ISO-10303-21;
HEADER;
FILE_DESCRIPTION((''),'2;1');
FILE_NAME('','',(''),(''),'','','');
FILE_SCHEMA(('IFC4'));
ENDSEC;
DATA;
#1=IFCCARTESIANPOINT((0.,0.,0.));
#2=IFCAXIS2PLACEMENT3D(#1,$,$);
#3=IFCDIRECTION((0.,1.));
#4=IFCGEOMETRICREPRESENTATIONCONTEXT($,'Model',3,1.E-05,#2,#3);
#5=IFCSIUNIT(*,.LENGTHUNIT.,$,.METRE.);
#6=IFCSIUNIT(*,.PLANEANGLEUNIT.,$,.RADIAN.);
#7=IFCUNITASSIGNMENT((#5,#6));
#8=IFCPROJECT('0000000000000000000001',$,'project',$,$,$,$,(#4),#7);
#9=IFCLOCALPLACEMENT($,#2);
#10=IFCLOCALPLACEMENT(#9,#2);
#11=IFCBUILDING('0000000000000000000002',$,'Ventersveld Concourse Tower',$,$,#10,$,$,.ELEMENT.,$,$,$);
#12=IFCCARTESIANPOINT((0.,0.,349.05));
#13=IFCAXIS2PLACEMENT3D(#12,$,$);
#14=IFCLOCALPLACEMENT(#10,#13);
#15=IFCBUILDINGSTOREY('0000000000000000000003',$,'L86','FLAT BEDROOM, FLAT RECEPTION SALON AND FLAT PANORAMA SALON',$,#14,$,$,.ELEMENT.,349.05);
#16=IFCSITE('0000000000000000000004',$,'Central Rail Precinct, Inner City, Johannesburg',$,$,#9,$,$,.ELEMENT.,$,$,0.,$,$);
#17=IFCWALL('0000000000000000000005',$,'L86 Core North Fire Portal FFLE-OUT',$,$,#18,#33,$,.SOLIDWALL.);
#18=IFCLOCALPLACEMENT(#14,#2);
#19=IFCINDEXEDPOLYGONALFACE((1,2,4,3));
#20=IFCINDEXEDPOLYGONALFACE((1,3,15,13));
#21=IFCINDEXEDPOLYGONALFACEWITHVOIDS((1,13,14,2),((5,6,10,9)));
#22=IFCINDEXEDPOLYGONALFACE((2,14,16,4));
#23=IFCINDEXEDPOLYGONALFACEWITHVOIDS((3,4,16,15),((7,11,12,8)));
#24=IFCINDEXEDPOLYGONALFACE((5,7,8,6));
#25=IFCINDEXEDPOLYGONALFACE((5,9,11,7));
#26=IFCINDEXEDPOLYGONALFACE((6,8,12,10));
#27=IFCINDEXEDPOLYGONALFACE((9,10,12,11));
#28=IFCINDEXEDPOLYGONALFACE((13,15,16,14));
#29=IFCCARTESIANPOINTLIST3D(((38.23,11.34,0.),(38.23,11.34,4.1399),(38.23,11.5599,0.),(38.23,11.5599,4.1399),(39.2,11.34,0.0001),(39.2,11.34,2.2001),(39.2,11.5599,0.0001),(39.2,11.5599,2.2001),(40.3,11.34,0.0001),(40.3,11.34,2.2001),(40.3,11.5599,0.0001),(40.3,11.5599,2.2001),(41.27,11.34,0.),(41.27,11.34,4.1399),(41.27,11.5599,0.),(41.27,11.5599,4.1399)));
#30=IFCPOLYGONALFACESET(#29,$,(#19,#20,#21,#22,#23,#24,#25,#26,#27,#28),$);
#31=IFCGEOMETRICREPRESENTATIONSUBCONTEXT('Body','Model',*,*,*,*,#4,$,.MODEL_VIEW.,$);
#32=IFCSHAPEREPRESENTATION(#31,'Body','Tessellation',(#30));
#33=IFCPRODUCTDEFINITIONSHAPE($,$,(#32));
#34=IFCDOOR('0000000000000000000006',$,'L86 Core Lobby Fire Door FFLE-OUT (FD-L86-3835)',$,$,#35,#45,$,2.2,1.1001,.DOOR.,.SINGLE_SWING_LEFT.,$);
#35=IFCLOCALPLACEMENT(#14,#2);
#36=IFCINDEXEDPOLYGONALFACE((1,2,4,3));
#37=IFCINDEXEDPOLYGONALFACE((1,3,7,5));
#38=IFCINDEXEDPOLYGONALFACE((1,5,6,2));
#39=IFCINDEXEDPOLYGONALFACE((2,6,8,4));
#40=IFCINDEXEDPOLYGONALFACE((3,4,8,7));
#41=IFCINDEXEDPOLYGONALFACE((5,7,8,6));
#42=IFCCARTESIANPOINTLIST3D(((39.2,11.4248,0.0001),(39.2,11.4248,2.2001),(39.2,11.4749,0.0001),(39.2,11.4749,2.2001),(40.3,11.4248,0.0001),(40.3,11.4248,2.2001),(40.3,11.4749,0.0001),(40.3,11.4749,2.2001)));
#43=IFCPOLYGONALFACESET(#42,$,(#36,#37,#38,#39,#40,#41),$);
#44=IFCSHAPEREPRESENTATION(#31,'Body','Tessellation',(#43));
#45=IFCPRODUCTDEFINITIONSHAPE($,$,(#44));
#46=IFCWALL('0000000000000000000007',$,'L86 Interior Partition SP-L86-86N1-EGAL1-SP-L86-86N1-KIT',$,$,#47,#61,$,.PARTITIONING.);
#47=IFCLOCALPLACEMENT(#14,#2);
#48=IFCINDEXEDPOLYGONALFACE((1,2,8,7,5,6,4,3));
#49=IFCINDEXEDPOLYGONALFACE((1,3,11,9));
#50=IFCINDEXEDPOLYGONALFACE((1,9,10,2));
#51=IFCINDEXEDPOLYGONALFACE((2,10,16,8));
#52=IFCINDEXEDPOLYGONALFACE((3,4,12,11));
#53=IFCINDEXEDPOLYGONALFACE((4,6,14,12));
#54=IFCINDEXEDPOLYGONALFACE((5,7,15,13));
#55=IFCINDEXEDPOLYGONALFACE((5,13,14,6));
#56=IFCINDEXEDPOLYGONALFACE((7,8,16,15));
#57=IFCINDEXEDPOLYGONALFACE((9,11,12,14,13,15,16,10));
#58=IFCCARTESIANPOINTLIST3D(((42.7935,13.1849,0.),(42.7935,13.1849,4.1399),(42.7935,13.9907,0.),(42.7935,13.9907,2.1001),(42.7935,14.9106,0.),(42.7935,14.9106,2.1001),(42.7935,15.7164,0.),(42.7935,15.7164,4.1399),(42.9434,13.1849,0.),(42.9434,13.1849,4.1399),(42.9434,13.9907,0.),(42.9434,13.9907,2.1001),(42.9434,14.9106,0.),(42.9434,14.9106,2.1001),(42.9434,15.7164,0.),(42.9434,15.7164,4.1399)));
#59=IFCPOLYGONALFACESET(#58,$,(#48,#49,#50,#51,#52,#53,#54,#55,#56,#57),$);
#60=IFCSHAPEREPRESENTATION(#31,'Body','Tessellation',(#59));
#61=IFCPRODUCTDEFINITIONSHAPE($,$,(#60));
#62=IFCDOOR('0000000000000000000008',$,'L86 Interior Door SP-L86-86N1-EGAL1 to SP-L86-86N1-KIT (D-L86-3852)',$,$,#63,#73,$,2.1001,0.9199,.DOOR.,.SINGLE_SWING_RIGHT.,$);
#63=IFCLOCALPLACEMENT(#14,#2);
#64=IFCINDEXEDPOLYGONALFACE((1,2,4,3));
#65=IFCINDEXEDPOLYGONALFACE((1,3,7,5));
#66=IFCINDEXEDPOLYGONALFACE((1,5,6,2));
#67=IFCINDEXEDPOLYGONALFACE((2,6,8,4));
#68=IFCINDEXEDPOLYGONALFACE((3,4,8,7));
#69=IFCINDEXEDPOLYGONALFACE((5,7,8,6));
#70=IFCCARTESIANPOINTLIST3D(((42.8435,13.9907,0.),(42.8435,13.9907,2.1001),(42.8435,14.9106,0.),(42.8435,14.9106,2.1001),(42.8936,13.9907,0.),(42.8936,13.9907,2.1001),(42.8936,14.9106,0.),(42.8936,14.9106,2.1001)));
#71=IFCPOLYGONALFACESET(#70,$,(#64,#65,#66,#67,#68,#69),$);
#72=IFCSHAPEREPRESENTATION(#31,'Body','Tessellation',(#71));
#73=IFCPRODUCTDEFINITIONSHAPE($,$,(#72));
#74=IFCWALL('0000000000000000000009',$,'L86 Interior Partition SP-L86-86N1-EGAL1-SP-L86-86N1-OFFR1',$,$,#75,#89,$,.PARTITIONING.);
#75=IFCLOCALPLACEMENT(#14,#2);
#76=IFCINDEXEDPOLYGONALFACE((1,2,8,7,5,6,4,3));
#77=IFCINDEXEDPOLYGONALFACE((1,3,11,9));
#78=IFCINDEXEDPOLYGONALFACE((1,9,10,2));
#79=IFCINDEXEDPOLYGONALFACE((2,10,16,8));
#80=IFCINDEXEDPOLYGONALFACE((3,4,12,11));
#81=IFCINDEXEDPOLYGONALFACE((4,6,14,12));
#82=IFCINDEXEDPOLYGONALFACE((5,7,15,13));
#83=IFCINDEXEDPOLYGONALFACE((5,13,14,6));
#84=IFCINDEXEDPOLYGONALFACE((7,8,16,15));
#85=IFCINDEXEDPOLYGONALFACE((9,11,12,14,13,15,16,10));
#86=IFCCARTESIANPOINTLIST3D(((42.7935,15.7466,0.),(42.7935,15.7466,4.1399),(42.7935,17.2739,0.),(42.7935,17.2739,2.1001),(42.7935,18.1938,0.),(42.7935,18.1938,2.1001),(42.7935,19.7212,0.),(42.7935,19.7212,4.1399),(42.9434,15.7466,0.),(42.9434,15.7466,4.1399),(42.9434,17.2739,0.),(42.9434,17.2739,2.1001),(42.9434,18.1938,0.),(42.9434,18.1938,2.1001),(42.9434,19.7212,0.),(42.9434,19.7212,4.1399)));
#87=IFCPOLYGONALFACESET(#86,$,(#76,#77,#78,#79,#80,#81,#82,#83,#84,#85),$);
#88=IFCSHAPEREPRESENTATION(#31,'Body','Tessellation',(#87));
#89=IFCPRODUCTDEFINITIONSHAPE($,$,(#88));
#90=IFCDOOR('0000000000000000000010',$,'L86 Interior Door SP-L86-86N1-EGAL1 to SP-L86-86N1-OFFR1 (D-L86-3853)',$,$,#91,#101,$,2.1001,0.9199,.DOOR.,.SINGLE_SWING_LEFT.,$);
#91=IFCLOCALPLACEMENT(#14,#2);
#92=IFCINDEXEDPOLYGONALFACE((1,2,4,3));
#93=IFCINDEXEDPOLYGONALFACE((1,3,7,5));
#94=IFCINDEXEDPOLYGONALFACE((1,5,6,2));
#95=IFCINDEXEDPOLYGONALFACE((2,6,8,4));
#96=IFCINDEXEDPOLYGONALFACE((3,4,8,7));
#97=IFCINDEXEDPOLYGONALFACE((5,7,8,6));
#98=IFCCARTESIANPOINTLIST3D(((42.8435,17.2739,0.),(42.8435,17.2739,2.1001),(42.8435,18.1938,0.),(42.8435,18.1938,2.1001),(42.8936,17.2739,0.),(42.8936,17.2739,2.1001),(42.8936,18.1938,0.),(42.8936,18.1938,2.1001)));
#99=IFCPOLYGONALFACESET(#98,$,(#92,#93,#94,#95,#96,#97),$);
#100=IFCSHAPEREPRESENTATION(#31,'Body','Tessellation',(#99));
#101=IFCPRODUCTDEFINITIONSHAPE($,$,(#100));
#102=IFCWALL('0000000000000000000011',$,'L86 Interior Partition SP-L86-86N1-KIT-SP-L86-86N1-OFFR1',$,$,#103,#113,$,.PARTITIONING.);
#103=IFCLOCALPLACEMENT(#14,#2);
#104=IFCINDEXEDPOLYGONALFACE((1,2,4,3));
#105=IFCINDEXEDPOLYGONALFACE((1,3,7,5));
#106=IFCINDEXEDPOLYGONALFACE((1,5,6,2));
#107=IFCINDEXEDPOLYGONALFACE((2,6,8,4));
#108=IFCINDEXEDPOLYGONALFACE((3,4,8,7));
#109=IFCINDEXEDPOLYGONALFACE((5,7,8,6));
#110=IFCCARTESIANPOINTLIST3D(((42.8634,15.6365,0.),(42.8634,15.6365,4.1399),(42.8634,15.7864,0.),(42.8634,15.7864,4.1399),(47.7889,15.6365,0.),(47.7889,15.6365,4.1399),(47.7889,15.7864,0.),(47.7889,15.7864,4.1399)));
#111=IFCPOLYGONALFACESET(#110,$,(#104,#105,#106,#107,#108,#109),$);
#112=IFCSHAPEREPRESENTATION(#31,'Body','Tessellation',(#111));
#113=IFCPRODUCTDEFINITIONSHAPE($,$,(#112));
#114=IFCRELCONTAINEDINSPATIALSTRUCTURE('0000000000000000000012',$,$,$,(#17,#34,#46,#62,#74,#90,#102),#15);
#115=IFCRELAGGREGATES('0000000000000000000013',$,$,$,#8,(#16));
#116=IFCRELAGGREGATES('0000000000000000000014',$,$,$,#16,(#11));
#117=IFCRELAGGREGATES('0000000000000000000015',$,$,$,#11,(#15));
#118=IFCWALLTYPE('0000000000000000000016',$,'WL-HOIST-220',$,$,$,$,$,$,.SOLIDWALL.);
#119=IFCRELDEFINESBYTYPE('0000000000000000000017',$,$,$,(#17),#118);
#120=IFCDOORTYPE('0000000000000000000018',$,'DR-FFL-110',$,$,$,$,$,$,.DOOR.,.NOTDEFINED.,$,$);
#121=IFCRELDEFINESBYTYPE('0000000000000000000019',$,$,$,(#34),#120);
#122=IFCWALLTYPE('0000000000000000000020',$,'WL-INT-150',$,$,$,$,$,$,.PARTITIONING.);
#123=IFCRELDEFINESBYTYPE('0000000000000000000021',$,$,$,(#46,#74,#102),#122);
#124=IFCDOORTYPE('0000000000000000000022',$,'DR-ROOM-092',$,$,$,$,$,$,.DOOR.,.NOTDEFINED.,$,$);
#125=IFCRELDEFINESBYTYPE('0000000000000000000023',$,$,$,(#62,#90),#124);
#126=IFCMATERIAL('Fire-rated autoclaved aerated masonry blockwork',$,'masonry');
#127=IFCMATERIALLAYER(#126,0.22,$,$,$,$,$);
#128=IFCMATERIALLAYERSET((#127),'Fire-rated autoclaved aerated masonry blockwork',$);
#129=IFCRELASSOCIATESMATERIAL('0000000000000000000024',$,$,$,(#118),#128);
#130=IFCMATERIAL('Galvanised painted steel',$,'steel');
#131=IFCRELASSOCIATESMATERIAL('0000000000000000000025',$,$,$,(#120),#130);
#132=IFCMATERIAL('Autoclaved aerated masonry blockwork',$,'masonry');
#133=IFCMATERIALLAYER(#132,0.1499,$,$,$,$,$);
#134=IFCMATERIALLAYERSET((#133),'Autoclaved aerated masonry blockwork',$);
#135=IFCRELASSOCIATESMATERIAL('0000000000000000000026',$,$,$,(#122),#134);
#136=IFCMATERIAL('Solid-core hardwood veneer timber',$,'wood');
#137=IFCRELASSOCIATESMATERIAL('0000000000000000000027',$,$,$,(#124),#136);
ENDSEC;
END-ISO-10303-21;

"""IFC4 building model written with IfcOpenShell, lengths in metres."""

from ifc_helpers import new_model, si_unit, direction, frame, frame_2d, origin, place, context, subcontext, project, spatial, rectangle, extrude, material, layer, layer_set, type_object, element, fill, save


model = new_model("IFC4")

# Units and contexts
model_context = context("Model", 3, precision=1e-05, world=origin(), true_north=direction((0.0, 1.0)))
body_context = subcontext(model_context, "Body", "Model", "MODEL_VIEW")
ifc_project = project(units=[si_unit("LENGTHUNIT", "METRE"), si_unit("PLANEANGLEUNIT", "RADIAN")], contexts=[model_context])

# Site, building, storey
site_placement = place(None, origin())
site = spatial("IfcSite", under=ifc_project, at=site_placement, Name="Central Rail Precinct, Inner City, Johannesburg", CompositionType="ELEMENT", RefElevation=0.0)
building_placement = place(site_placement, origin())
building = spatial("IfcBuilding", under=site, at=building_placement, Name="Ventersveld Concourse Tower", CompositionType="ELEMENT")
storey_placement = place(building_placement, frame((0.0, 0.0, 349.05)))
storey = spatial("IfcBuildingStorey", under=building, at=storey_placement, Name="L86", Description="FLAT BEDROOM, FLAT RECEPTION SALON AND FLAT PANORAMA SALON", CompositionType="ELEMENT", Elevation=349.05)

# Shared definitions
ifc_material_1 = material(Name="Fire-rated autoclaved aerated masonry blockwork", Category="masonry")
ifc_material_2 = material(Name="Solid-core hardwood veneer timber", Category="wood")

# Walls, openings, doors
ifc_layer_1 = layer(ifc_material_1, 0.22)
ifc_layer_set_1 = layer_set([ifc_layer_1], Name="Fire-rated autoclaved aerated masonry blockwork")
wall_type_1 = type_object("IfcWallType", Name="WL-HOIST-220", PredefinedType="SOLIDWALL", material=ifc_layer_set_1)
ifc_material_3 = material(Name="Galvanised painted steel", Category="steel")
wall_1_placement = place(storey_placement, frame((38.23, 11.45, 0.0), z_axis=(0.0, 0.0, 1.0), x_axis=(1.0, 0.0, 0.0)))
wall_1 = element("IfcWall", 1, at=wall_1_placement, inside=storey, type_object=wall_type_1, Name="L86 Core North Fire Portal FFLE-OUT", PredefinedType="SOLIDWALL", context=body_context, shape_type="SweptSolid", body=[
    extrude(rectangle(XDim=3.04, YDim=0.22, at=frame_2d((1.52, 0.0))), origin(), (0.0, 0.0, 1.0), 4.1399),
])
opening_1_placement = place(wall_1_placement, frame((0.97, 0.0, 0.0)))
opening_1 = element("IfcOpeningElement", 2, at=opening_1_placement, cuts=wall_1, PredefinedType="OPENING", context=body_context, shape_type="SweptSolid", body=[
    extrude(rectangle(XDim=1.1001, YDim=2.2, at=frame_2d((0.55, 1.1001))), frame((0.0, 0.1201, 0.0), z_axis=(0.0, -1.0, 0.0), x_axis=(1.0, 0.0, 0.0)), (0.0, 0.0, 1.0), 0.24),
])
door_type_1 = type_object("IfcDoorType", Name="DR-FFL-110", OperationType="NOTDEFINED", PredefinedType="DOOR", material=ifc_material_3)
door_1_placement = place(opening_1_placement, origin())
door_1 = element("IfcDoor", 3, at=door_1_placement, inside=storey, type_object=door_type_1, Name="L86 Core Lobby Fire Door FFLE-OUT (FD-L86-3835)", OperationType="SINGLE_SWING_LEFT", OverallHeight=2.2, OverallWidth=1.1001, PredefinedType="DOOR", context=body_context, shape_type="SweptSolid", body=[
    extrude(rectangle(XDim=1.1001, YDim=2.2, at=frame_2d((0.55, 1.1001))), frame((0.0, 0.0249, 0.0), z_axis=(0.0, -1.0, 0.0), x_axis=(1.0, 0.0, 0.0)), (0.0, 0.0, 1.0), 0.05),
])
fill(opening_1, door_1)
ifc_material_4 = material(Name="Autoclaved aerated masonry blockwork", Category="masonry")
ifc_layer_2 = layer(ifc_material_4, 0.1499)
ifc_layer_set_2 = layer_set([ifc_layer_2], Name="Autoclaved aerated masonry blockwork")
wall_type_2 = type_object("IfcWallType", Name="WL-INT-150", PredefinedType="PARTITIONING", material=ifc_layer_set_2)
wall_2_placement = place(storey_placement, frame((42.8684, 13.1851, 0.0), z_axis=(0.0, 0.0, 1.0), x_axis=(0.0, 1.0, 0.0)))
wall_2 = element("IfcWall", 4, at=wall_2_placement, inside=storey, type_object=wall_type_2, Name="L86 Interior Partition SP-L86-86N1-EGAL1-SP-L86-86N1-KIT", PredefinedType="PARTITIONING", context=body_context, shape_type="SweptSolid", body=[
    extrude(rectangle(XDim=2.5315, YDim=0.1499, at=frame_2d((1.2656, 0.0))), origin(), (0.0, 0.0, 1.0), 4.1399),
])
opening_2_placement = place(wall_2_placement, frame((0.8057, 0.0, 0.0)))
opening_2 = element("IfcOpeningElement", 5, at=opening_2_placement, cuts=wall_2, PredefinedType="OPENING", context=body_context, shape_type="SweptSolid", body=[
    extrude(rectangle(XDim=0.9199, YDim=2.1001, at=frame_2d((0.46, 1.05))), frame((0.0, 0.085, 0.0), z_axis=(0.0, -1.0, 0.0), x_axis=(1.0, 0.0, 0.0)), (0.0, 0.0, 1.0), 0.1699),
])
door_type_2 = type_object("IfcDoorType", Name="DR-ROOM-092", OperationType="NOTDEFINED", PredefinedType="DOOR", material=ifc_material_2)
door_2_placement = place(opening_2_placement, origin())
door_2 = element("IfcDoor", 6, at=door_2_placement, inside=storey, type_object=door_type_2, Name="L86 Interior Door SP-L86-86N1-EGAL1 to SP-L86-86N1-KIT (D-L86-3852)", OperationType="SINGLE_SWING_RIGHT", OverallHeight=2.1001, OverallWidth=0.9199, PredefinedType="DOOR", context=body_context, shape_type="SweptSolid", body=[
    extrude(rectangle(XDim=0.9199, YDim=2.1001, at=frame_2d((0.46, 1.05))), frame((0.0, 0.0249, 0.0), z_axis=(0.0, -1.0, 0.0), x_axis=(1.0, 0.0, 0.0)), (0.0, 0.0, 1.0), 0.05),
])
fill(opening_2, door_2)
wall_3_placement = place(storey_placement, frame((42.8684, 15.7466, 0.0), z_axis=(0.0, 0.0, 1.0), x_axis=(0.0, 1.0, 0.0)))
wall_3 = element("IfcWall", 7, at=wall_3_placement, inside=storey, type_object=wall_type_2, Name="L86 Interior Partition SP-L86-86N1-EGAL1-SP-L86-86N1-OFFR1", PredefinedType="PARTITIONING", context=body_context, shape_type="SweptSolid", body=[
    extrude(rectangle(XDim=3.9746, YDim=0.1499, at=frame_2d((1.9873, 0.0))), origin(), (0.0, 0.0, 1.0), 4.1399),
])
opening_3_placement = place(wall_3_placement, frame((1.5273, 0.0, 0.0)))
opening_3 = element("IfcOpeningElement", 8, at=opening_3_placement, cuts=wall_3, PredefinedType="OPENING", context=body_context, shape_type="SweptSolid", body=[
    extrude(rectangle(XDim=0.9199, YDim=2.1001, at=frame_2d((0.46, 1.05))), frame((0.0, 0.085, 0.0), z_axis=(0.0, -1.0, 0.0), x_axis=(1.0, 0.0, 0.0)), (0.0, 0.0, 1.0), 0.1699),
])
door_3_placement = place(opening_3_placement, origin())
door_3 = element("IfcDoor", 9, at=door_3_placement, inside=storey, type_object=door_type_2, Name="L86 Interior Door SP-L86-86N1-EGAL1 to SP-L86-86N1-OFFR1 (D-L86-3853)", OperationType="SINGLE_SWING_LEFT", OverallHeight=2.1001, OverallWidth=0.9199, PredefinedType="DOOR", context=body_context, shape_type="SweptSolid", body=[
    extrude(rectangle(XDim=0.9199, YDim=2.1001, at=frame_2d((0.46, 1.05))), frame((0.0, 0.0249, 0.0), z_axis=(0.0, -1.0, 0.0), x_axis=(1.0, 0.0, 0.0)), (0.0, 0.0, 1.0), 0.05),
])
fill(opening_3, door_3)

# Wall
wall_4_placement = place(storey_placement, frame((42.8633, 15.7114, 0.0), z_axis=(0.0, 0.0, 1.0), x_axis=(1.0, 0.0, 0.0)))
element("IfcWall", 10, at=wall_4_placement, inside=storey, type_object=wall_type_2, Name="L86 Interior Partition SP-L86-86N1-KIT-SP-L86-86N1-OFFR1", PredefinedType="PARTITIONING", context=body_context, shape_type="SweptSolid", body=[
    extrude(rectangle(XDim=4.9255, YDim=0.1499, at=frame_2d((2.4629, 0.0))), origin(), (0.0, 0.0, 1.0), 4.1399),
])

save(model, "model.ifc")
